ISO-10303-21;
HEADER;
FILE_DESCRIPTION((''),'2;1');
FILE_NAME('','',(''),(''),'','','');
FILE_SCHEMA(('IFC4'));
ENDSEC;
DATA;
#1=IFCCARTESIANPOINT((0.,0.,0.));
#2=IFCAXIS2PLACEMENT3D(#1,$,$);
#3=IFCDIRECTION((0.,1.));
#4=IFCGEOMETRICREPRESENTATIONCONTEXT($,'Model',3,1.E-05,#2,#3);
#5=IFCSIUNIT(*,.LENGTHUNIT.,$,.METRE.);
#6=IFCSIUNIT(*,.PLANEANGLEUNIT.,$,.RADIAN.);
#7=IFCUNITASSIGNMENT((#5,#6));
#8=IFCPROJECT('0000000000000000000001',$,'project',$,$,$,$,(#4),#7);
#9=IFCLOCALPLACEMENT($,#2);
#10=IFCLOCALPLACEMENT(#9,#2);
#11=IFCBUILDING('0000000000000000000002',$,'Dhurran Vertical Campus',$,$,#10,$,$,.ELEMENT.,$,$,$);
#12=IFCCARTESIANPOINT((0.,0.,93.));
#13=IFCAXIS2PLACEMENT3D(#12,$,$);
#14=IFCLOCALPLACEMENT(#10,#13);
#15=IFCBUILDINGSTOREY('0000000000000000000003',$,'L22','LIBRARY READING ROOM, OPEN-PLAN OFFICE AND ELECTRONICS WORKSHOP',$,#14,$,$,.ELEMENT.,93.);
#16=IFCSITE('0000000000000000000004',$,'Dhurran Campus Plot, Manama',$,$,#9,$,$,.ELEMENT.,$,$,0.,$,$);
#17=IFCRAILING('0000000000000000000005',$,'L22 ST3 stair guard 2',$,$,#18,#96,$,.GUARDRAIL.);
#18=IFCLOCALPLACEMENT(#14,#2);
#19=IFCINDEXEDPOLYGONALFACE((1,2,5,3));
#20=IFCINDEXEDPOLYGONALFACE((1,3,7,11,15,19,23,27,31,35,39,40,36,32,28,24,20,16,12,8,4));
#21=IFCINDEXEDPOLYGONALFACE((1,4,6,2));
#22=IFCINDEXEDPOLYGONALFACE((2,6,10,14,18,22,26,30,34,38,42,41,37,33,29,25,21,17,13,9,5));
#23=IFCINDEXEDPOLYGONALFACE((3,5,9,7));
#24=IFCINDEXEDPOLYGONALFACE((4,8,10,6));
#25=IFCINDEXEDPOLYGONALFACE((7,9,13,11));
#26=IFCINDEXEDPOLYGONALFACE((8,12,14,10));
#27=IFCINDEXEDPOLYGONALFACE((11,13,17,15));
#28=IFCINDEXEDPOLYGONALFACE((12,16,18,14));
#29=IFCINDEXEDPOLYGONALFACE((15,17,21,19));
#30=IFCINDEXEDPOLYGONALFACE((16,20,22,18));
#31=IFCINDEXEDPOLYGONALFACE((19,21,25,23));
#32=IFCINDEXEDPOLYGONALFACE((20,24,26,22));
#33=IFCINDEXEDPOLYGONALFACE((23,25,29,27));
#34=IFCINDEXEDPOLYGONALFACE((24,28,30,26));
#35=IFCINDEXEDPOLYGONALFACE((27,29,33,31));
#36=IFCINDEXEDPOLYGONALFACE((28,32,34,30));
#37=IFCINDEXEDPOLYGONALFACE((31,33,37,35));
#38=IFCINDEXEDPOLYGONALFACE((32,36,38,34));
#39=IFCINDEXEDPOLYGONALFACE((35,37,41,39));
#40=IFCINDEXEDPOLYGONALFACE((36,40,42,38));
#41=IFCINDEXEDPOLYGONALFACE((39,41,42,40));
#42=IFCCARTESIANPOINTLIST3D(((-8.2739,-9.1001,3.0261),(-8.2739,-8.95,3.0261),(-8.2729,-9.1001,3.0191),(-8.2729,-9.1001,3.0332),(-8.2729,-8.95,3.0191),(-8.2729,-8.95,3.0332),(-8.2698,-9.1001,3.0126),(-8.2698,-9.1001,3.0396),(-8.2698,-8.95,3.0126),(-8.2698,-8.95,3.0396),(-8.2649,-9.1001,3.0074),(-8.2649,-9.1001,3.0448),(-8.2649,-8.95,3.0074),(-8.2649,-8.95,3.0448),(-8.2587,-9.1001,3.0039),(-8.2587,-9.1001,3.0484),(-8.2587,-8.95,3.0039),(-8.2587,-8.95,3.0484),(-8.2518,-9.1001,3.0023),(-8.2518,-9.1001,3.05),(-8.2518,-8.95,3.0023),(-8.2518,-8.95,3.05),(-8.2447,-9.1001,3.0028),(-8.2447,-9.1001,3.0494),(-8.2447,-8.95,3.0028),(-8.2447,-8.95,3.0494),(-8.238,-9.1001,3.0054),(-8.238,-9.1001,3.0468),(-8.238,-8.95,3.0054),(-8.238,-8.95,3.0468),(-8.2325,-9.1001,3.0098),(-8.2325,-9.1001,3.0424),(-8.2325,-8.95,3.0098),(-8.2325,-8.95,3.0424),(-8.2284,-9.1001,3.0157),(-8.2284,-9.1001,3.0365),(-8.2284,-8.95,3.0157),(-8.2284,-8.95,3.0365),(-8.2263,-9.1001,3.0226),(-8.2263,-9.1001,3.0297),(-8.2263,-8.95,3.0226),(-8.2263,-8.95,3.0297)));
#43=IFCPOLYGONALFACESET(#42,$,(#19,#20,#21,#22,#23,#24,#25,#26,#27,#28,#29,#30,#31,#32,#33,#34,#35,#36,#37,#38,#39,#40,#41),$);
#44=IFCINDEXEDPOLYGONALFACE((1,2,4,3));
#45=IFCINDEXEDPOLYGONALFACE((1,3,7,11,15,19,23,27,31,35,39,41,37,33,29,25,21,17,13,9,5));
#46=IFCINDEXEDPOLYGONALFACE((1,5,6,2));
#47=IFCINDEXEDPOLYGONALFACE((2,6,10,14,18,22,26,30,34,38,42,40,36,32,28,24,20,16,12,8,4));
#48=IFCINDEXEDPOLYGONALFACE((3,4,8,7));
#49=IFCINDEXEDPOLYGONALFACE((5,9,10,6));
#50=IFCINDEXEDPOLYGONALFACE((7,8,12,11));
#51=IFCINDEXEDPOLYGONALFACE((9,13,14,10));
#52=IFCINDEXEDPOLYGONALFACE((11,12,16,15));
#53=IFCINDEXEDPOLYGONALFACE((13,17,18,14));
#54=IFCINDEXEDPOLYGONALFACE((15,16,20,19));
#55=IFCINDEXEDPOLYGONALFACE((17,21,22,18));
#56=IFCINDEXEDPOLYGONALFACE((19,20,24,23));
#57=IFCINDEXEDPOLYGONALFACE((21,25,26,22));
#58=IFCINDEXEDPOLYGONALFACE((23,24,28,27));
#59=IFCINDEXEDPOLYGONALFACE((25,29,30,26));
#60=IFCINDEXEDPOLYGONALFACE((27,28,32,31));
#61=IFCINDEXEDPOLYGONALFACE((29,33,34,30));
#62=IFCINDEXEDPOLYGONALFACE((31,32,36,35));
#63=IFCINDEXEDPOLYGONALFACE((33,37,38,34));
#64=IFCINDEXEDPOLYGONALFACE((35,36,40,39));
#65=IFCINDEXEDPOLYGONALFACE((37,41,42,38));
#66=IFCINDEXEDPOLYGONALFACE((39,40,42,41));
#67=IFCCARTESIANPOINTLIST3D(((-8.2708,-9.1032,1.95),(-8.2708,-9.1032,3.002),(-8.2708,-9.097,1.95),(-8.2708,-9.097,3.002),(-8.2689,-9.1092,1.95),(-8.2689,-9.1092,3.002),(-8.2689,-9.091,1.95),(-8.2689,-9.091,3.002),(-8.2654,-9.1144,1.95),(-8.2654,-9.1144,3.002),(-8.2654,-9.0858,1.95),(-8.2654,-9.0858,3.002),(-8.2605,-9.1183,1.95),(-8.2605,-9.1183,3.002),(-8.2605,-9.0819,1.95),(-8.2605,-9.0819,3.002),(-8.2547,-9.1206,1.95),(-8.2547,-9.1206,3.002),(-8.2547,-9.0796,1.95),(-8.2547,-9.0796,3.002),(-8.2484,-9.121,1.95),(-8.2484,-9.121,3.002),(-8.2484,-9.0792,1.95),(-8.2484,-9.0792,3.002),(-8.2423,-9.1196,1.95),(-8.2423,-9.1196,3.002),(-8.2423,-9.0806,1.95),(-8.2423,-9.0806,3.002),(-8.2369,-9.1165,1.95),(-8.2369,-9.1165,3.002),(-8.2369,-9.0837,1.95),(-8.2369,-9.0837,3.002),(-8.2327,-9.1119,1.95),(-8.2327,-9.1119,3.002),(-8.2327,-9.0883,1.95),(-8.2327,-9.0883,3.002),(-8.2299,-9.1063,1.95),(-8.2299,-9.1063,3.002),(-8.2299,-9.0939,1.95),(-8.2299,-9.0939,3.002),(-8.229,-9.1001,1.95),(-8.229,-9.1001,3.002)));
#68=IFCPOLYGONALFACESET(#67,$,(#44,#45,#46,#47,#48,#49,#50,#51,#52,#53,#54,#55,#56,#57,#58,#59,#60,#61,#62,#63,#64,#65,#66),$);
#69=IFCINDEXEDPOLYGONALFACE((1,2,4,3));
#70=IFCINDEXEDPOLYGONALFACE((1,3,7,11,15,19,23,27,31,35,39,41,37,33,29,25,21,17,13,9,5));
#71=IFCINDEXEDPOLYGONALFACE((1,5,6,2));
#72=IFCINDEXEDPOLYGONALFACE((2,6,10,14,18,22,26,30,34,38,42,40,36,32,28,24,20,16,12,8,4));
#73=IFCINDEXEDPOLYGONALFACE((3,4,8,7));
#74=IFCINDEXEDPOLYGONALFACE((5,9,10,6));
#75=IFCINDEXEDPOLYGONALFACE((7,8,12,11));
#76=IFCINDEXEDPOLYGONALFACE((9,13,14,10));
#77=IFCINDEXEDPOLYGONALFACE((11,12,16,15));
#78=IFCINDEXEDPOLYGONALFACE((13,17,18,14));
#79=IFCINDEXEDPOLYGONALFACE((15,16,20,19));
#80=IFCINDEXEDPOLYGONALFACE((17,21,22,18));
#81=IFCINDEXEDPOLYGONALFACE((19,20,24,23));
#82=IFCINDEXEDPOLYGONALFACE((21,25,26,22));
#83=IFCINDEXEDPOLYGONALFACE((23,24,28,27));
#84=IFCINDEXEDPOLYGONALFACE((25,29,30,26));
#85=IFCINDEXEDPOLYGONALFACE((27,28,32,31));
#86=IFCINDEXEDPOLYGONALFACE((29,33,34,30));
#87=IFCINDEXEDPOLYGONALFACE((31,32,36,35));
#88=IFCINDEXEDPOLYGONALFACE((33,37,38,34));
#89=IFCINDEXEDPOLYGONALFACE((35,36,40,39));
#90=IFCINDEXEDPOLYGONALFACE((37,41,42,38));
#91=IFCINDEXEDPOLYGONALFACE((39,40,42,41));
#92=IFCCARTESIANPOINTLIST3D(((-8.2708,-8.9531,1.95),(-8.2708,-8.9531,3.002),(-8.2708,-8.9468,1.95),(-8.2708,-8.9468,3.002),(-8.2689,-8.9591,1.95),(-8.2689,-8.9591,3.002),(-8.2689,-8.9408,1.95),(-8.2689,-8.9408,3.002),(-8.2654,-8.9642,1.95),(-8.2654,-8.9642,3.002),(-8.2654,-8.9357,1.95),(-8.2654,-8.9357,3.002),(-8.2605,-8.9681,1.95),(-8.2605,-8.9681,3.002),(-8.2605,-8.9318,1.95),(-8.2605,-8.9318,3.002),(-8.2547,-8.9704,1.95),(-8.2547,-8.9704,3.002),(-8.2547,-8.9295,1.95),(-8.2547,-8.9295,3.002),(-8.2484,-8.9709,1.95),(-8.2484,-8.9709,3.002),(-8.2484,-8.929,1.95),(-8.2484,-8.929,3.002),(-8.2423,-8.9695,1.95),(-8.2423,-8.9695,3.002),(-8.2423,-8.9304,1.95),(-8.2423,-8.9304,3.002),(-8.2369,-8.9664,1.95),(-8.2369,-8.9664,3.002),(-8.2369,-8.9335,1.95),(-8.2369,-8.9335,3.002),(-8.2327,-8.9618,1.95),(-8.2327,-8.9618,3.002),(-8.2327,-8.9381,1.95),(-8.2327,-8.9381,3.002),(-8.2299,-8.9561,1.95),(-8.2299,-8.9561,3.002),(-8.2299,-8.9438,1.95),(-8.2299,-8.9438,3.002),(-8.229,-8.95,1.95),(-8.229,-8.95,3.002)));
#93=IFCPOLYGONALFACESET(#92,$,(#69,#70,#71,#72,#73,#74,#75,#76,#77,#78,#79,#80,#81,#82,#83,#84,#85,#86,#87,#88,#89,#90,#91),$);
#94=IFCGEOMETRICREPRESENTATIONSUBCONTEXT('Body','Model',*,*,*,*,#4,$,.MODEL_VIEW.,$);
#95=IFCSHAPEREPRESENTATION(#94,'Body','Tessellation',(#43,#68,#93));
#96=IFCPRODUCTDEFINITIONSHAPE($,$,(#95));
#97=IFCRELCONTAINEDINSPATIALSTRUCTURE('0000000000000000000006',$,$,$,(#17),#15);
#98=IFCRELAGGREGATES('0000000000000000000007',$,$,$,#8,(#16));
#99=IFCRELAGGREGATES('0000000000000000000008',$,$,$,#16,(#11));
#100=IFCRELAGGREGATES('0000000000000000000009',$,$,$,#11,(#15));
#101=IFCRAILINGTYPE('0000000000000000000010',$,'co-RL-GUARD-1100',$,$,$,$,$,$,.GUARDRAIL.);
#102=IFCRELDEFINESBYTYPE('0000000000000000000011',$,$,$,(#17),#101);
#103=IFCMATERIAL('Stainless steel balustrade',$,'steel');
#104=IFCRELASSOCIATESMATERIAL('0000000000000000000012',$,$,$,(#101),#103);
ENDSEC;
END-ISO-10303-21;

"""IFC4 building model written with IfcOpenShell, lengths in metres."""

from ifc_helpers import new_model, si_unit, direction, frame, origin, origin_2d, place, context, subcontext, project, spatial, circle, extrude, material, type_object, element, save


model = new_model("IFC4")

# Units and contexts
model_context = context("Model", 3, precision=1e-05, world=origin(), true_north=direction((0.0, 1.0)))
body_context = subcontext(model_context, "Body", "Model", "MODEL_VIEW")
ifc_project = project(units=[si_unit("LENGTHUNIT", "METRE"), si_unit("PLANEANGLEUNIT", "RADIAN")], contexts=[model_context])

# Site, building, storey
site_placement = place(None, origin())
site = spatial("IfcSite", under=ifc_project, at=site_placement, Name="Dhurran Campus Plot, Manama", CompositionType="ELEMENT", RefElevation=0.0)
building_placement = place(site_placement, origin())
building = spatial("IfcBuilding", under=site, at=building_placement, Name="Dhurran Vertical Campus", CompositionType="ELEMENT")
storey_placement = place(building_placement, frame((0.0, 0.0, 93.0)))
storey = spatial("IfcBuildingStorey", under=building, at=storey_placement, Name="L22", Description="LIBRARY READING ROOM, OPEN-PLAN OFFICE AND ELECTRONICS WORKSHOP", CompositionType="ELEMENT", Elevation=93.0)

# Railing
ifc_material_1 = material(Name="Stainless steel balustrade", Category="steel")
railing_type_1 = type_object("IfcRailingType", Name="co-RL-GUARD-1100", PredefinedType="GUARDRAIL", material=ifc_material_1)
railing_1_placement = place(storey_placement, frame((-8.25, -9.1001, 1.95)))
element("IfcRailing", 1, at=railing_1_placement, inside=storey, type_object=railing_type_1, Name="L22 ST3 stair guard 2", PredefinedType="GUARDRAIL", context=body_context, shape_type="SweptSolid", body=[
    extrude(circle(Radius=0.0239, at=origin_2d()), frame((0.0, 0.0, 1.0762), z_axis=(0.0, 1.0, 0.0), x_axis=(-1.0, 0.0, 0.0)), (0.0, 0.0, 1.0), 0.1501),
    extrude(circle(Radius=0.021, at=origin_2d()), origin(), (0.0, 0.0, 1.0), 1.052),
    extrude(circle(Radius=0.021, at=origin_2d()), frame((0.0, 0.1501, 0.0)), (0.0, 0.0, 1.0), 1.052),
])

save(model, "model.ifc")
